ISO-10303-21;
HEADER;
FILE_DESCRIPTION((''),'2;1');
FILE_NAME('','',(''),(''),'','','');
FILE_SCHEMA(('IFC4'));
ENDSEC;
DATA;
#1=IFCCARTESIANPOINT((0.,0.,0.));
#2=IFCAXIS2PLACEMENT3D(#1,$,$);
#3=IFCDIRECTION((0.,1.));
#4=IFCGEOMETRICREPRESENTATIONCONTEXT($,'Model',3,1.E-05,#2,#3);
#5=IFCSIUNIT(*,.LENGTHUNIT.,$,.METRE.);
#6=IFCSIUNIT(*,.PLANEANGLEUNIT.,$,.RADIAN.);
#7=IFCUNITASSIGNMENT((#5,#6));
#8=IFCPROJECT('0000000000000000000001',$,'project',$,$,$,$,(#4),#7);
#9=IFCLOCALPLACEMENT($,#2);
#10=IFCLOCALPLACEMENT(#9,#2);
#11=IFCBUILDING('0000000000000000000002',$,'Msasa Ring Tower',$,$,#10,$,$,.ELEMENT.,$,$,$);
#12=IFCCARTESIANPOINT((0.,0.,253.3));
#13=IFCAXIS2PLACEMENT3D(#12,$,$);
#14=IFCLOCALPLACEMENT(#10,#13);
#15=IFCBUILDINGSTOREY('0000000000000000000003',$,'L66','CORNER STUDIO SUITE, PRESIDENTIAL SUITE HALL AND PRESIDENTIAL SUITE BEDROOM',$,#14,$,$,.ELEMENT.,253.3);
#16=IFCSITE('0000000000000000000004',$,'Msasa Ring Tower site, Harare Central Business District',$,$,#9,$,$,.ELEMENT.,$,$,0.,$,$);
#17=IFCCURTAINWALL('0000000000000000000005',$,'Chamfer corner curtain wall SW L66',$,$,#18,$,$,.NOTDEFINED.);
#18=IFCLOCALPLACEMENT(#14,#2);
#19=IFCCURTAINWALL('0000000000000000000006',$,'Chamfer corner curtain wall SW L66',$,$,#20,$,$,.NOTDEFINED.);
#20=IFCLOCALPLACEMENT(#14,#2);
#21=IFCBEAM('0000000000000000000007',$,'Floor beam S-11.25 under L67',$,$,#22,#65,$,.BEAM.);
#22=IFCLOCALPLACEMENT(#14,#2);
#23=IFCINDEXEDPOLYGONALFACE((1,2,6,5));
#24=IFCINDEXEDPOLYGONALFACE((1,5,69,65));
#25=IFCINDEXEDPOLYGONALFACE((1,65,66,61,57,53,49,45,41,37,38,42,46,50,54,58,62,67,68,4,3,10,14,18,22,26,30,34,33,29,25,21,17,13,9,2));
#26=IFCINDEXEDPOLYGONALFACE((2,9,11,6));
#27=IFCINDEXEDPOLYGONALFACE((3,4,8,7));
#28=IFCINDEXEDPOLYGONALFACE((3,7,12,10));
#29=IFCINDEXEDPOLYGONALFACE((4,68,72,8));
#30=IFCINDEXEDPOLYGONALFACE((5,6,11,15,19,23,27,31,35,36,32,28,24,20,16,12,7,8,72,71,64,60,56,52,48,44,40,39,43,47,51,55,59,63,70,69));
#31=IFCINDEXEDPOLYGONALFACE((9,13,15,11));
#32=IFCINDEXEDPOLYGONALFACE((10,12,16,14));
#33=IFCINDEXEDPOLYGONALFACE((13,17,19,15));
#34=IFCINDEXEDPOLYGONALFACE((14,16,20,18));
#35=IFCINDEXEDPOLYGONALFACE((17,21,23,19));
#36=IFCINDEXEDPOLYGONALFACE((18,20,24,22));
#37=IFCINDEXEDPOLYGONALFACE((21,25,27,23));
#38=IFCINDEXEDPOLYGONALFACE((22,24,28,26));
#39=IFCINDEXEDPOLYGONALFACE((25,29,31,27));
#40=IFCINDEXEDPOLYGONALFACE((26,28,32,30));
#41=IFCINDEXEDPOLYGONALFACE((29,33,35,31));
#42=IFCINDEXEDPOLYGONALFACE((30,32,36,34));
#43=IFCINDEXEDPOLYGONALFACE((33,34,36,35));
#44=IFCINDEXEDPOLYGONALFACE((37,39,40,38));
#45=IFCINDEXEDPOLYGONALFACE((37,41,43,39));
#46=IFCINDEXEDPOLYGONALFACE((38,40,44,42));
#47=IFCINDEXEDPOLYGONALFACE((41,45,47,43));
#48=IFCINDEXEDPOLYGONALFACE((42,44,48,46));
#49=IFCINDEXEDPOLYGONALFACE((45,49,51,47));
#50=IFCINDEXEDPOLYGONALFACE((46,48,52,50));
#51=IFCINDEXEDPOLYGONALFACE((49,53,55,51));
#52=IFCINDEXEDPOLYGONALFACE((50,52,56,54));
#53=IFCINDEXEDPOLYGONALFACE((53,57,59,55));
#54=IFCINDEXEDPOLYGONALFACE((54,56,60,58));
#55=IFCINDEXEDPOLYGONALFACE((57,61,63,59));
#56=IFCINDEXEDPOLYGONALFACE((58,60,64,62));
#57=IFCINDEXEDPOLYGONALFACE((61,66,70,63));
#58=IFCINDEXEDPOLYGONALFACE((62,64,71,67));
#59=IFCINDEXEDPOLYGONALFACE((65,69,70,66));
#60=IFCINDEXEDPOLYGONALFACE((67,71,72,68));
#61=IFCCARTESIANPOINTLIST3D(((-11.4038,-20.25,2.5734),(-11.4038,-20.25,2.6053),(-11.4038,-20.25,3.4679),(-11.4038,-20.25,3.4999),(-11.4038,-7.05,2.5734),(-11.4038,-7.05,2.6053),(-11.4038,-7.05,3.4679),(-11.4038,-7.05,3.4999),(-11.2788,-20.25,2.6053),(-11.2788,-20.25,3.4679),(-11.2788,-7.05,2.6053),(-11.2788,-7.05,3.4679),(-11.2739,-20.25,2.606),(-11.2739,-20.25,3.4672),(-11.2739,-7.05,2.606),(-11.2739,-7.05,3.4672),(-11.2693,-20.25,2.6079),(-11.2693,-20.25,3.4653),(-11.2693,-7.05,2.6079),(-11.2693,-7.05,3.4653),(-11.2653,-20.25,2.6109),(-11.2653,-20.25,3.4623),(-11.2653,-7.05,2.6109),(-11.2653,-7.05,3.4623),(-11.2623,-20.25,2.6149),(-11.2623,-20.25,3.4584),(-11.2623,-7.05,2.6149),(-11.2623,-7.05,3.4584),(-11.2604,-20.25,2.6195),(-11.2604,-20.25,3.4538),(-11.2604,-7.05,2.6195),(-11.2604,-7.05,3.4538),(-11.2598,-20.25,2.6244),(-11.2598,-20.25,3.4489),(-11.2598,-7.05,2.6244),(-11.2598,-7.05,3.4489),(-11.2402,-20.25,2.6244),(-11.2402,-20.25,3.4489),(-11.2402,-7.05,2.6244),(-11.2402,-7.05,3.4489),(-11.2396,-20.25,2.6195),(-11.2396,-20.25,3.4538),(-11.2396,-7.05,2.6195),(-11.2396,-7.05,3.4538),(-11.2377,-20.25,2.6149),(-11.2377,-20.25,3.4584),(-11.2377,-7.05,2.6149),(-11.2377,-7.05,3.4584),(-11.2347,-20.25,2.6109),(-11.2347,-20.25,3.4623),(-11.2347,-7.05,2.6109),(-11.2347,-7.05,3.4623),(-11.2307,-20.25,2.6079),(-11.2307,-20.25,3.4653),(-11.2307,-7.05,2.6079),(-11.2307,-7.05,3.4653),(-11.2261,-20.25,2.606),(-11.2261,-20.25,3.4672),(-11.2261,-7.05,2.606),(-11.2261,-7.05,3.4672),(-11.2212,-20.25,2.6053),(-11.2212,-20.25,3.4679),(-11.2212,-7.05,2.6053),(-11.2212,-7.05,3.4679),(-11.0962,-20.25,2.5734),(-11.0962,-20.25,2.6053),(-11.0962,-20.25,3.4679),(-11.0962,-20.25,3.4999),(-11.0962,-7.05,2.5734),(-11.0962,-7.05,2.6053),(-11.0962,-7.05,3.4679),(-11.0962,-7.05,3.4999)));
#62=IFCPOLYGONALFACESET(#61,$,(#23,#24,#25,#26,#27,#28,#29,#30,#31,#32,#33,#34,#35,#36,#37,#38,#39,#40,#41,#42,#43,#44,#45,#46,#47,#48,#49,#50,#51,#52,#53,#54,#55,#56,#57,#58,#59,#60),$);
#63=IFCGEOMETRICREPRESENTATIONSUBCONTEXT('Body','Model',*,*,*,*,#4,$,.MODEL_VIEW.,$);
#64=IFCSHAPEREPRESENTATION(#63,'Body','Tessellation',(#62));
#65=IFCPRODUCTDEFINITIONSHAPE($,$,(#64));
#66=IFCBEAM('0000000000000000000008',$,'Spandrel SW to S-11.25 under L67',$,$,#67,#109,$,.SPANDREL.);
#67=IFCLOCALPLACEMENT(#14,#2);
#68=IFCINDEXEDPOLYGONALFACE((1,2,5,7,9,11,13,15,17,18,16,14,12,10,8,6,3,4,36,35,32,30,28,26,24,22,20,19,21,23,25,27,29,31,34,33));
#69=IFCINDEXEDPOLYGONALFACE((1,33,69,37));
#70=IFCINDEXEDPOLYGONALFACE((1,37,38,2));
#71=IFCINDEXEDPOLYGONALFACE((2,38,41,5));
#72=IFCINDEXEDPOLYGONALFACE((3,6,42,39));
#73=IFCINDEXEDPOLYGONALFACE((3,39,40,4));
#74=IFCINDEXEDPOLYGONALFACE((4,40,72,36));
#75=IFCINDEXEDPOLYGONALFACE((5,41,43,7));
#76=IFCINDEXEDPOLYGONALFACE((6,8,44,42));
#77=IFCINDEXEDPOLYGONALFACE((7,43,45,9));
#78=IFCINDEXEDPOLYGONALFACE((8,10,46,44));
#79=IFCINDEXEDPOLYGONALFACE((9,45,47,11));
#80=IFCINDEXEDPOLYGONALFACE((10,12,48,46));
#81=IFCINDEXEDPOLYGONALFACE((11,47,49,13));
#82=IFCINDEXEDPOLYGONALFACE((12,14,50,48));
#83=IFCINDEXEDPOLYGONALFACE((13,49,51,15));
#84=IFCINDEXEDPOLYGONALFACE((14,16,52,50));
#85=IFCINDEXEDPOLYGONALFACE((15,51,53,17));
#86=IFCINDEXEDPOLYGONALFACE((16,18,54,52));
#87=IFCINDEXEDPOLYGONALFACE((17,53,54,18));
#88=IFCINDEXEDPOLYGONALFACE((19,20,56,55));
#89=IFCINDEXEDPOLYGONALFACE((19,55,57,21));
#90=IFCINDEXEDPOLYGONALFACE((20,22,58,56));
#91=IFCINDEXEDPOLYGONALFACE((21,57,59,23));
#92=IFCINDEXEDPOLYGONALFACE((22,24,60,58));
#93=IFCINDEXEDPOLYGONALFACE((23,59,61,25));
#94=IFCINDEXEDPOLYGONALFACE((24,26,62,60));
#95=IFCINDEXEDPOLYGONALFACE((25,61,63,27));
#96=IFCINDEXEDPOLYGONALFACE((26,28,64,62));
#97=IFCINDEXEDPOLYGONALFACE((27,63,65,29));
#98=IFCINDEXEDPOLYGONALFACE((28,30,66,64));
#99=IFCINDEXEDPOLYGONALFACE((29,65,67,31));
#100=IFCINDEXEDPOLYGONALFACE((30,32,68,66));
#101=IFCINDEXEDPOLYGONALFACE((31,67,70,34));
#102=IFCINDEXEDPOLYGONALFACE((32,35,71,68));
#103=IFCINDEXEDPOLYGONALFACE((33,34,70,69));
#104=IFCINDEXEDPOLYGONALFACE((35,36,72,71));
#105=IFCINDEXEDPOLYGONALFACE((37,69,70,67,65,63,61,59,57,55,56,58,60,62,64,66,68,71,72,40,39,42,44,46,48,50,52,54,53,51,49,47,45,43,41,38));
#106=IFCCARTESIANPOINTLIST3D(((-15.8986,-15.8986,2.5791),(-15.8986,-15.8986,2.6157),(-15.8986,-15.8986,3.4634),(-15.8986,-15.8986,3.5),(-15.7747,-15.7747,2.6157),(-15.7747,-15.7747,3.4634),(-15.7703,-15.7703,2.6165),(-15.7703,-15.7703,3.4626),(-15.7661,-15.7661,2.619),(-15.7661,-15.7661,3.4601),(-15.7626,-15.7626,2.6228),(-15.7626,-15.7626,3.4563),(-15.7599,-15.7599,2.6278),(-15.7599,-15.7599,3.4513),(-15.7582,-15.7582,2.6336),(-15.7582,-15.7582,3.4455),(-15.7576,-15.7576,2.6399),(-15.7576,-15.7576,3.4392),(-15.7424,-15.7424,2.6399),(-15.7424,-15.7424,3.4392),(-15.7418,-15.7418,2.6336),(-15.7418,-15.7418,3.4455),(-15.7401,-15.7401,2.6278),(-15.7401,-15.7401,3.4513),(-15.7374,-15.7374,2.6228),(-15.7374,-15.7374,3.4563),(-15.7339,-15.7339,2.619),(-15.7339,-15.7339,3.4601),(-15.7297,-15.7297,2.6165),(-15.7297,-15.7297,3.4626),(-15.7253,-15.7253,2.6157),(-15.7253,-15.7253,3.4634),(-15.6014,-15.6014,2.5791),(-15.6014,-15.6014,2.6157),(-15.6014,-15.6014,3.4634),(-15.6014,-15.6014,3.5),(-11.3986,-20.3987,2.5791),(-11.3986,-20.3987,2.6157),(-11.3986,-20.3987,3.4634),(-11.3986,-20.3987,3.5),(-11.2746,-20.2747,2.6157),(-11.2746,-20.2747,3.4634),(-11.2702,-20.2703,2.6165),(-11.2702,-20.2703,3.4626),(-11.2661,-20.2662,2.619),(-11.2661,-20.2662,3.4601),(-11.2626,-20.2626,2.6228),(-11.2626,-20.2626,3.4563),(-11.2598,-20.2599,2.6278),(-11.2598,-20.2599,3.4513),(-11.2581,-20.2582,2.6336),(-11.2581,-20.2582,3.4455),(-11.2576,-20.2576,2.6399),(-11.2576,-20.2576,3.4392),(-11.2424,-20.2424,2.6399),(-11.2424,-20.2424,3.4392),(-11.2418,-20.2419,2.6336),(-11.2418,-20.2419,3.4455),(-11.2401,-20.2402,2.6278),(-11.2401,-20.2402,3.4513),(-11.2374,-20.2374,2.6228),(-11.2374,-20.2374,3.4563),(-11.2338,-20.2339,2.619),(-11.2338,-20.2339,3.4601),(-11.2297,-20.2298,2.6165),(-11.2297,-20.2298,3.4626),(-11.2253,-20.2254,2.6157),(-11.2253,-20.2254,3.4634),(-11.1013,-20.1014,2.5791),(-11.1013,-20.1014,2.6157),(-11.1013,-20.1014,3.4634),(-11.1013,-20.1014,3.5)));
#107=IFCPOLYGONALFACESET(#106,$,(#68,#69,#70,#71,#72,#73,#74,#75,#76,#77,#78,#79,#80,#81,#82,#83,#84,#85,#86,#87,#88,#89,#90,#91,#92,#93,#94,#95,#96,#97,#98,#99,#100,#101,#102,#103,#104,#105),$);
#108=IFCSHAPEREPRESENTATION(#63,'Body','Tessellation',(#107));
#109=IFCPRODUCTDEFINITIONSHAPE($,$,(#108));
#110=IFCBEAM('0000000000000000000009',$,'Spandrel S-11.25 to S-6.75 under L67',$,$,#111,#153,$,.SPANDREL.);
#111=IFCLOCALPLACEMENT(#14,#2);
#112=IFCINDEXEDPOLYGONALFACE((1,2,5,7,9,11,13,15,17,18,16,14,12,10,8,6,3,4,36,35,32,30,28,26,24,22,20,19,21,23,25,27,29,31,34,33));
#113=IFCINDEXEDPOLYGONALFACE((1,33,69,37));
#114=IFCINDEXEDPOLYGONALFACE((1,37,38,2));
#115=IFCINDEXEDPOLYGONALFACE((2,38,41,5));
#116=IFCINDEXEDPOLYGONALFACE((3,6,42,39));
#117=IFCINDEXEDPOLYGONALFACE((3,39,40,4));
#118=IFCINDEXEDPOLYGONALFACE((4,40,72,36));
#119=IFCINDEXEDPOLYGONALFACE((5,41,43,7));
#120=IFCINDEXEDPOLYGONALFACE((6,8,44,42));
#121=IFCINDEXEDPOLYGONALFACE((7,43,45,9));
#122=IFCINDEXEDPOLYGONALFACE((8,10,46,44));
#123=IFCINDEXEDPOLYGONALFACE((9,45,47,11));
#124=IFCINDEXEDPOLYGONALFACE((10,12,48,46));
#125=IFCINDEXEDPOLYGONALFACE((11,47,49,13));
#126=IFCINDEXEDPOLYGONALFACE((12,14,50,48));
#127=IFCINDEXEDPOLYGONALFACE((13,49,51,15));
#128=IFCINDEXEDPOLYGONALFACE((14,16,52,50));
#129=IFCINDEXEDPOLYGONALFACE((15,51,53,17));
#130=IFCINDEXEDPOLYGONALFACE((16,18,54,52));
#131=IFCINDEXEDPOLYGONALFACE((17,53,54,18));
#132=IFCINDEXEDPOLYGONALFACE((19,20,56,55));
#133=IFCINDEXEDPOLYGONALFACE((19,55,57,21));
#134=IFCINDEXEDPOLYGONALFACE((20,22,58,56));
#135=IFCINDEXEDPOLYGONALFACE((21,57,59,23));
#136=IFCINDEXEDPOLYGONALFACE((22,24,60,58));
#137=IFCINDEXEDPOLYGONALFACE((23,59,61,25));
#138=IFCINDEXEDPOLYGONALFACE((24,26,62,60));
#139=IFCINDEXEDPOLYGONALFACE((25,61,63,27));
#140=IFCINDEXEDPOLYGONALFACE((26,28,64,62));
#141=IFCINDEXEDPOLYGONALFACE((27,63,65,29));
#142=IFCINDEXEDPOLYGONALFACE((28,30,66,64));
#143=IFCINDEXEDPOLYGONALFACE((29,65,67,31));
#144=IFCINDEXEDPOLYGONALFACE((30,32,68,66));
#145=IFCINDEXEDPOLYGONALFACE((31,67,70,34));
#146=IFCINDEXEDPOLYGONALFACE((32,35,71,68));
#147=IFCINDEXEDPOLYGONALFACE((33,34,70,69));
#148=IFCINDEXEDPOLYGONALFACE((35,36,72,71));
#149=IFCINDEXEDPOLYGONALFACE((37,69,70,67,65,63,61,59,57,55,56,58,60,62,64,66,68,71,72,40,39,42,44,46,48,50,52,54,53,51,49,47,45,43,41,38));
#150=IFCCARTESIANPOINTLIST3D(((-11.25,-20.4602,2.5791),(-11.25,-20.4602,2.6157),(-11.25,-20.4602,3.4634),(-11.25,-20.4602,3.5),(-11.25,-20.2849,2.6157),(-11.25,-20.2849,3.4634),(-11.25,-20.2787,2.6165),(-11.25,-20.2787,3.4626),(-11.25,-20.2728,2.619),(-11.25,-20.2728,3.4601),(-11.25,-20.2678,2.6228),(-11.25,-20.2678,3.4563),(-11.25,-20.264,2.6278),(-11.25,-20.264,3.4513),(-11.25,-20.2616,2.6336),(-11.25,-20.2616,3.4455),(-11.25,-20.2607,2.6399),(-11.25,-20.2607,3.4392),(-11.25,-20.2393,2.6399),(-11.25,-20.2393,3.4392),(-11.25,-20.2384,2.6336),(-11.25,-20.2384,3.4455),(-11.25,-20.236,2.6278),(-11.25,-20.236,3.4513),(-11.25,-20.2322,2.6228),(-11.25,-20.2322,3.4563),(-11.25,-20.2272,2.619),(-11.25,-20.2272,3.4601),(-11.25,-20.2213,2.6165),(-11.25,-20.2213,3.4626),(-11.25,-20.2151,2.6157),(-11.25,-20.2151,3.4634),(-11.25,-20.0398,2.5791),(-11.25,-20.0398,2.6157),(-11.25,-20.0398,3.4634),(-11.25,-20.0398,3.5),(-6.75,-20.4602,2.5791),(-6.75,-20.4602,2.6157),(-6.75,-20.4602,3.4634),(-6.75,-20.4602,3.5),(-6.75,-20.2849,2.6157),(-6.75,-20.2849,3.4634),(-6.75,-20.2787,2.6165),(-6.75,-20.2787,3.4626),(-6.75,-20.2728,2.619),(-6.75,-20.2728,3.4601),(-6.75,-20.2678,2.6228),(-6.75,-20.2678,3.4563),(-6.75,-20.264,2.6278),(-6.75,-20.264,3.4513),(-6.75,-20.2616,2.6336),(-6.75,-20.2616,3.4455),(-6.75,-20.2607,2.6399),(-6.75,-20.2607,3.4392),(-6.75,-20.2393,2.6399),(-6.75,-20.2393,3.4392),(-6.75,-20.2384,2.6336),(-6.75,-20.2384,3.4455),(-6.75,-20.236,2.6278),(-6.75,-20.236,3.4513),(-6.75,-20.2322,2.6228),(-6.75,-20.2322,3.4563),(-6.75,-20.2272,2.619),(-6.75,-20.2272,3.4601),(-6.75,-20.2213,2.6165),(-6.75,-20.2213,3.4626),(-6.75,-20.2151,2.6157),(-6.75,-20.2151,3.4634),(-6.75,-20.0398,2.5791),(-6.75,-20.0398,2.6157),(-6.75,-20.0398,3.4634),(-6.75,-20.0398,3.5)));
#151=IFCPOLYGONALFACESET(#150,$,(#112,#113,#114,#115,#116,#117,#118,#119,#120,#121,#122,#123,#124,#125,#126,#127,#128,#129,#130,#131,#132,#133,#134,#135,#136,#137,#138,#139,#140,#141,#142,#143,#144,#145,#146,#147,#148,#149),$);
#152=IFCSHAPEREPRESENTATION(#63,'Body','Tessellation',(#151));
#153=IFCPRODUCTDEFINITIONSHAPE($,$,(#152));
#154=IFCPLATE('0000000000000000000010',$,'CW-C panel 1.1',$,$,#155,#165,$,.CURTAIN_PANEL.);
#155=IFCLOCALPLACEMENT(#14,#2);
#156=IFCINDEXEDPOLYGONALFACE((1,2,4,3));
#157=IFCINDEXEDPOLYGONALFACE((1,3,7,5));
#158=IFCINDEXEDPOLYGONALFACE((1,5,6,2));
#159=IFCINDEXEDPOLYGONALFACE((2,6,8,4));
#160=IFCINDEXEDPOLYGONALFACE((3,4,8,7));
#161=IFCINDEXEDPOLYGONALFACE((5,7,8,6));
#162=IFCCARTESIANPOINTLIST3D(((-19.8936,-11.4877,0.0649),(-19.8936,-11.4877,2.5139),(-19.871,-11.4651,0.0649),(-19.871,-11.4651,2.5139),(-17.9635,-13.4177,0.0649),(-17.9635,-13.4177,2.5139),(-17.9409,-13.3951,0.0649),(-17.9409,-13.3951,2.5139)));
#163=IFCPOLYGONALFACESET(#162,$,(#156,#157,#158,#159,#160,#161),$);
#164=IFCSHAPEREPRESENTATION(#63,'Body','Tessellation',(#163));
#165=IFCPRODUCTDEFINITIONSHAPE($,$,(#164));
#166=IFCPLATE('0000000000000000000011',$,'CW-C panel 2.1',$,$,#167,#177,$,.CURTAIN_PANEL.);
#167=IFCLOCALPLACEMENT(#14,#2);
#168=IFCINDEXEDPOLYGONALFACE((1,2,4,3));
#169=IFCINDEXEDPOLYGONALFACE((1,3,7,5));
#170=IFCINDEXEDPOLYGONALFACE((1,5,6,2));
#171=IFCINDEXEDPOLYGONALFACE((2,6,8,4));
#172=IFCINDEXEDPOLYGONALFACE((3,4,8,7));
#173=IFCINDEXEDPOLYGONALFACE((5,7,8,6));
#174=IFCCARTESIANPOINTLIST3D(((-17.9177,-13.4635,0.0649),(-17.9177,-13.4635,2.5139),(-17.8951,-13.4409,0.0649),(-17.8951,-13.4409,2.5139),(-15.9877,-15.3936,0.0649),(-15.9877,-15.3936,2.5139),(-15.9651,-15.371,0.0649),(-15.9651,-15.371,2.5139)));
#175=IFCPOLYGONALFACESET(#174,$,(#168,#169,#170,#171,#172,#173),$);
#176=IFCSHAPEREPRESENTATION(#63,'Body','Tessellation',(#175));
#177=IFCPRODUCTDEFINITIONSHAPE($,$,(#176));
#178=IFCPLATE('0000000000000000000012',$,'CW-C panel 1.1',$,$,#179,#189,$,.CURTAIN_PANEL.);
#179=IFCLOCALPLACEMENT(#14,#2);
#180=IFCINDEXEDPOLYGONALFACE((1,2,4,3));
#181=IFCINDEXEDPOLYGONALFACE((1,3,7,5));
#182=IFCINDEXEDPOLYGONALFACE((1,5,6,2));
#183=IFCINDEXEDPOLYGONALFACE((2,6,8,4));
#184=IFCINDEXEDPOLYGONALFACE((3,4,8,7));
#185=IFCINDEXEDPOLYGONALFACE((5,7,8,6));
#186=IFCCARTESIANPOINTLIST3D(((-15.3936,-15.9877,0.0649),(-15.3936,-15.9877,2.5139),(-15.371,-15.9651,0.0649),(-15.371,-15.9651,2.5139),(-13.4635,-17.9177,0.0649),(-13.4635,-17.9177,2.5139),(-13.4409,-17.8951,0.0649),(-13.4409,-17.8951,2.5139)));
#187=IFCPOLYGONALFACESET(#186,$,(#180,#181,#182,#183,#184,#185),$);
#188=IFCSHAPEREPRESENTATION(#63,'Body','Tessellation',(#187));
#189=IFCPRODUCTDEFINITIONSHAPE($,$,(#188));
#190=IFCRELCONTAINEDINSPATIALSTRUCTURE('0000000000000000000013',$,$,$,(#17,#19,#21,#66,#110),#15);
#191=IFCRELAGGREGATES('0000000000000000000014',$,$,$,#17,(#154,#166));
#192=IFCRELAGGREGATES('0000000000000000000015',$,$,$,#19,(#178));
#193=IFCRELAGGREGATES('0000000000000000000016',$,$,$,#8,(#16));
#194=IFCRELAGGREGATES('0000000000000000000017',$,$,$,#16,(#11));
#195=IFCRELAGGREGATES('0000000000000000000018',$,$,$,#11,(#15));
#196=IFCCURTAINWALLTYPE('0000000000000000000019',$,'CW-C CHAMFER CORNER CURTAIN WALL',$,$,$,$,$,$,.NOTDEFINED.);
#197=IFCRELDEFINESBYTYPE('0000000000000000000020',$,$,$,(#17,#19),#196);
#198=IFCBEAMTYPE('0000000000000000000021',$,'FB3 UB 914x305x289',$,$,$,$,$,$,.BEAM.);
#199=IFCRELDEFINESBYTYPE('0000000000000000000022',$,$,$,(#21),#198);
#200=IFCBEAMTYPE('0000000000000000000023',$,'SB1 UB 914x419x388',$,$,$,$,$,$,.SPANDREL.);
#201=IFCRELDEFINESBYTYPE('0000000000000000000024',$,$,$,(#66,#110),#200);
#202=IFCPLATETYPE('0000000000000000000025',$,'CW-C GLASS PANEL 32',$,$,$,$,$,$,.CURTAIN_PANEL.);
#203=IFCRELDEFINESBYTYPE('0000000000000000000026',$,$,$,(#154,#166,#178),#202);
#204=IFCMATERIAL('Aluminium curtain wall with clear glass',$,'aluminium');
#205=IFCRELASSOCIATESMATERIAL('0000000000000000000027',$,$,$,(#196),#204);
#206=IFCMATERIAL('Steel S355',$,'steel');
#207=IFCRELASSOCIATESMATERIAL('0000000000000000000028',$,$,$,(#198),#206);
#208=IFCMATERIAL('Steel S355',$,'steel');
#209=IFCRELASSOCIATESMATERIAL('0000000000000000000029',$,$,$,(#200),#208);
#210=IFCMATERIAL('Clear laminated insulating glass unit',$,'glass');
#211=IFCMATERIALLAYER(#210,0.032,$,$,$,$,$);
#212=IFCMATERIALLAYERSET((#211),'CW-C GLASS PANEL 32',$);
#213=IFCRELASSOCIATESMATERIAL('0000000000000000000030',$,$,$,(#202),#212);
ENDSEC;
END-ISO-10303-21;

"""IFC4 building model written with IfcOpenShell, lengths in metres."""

from ifc_helpers import new_model, si_unit, direction, frame, origin, origin_2d, place, context, subcontext, project, spatial, rectangle, i_section, extrude, material, layer, layer_set, material_profile, profile_set, type_object, element, aggregate, save


model = new_model("IFC4")

# Units and contexts
model_context = context("Model", 3, precision=1e-05, world=origin(), true_north=direction((0.0, 1.0)))
body_context = subcontext(model_context, "Body", "Model", "MODEL_VIEW")
ifc_project = project(units=[si_unit("LENGTHUNIT", "METRE"), si_unit("PLANEANGLEUNIT", "RADIAN")], contexts=[model_context])

# Site, building, storey
site_placement = place(None, origin())
site = spatial("IfcSite", under=ifc_project, at=site_placement, Name="Msasa Ring Tower site, Harare Central Business District", CompositionType="ELEMENT", RefElevation=0.0)
building_placement = place(site_placement, origin())
building = spatial("IfcBuilding", under=site, at=building_placement, Name="Msasa Ring Tower", CompositionType="ELEMENT")
storey_placement = place(building_placement, frame((0.0, 0.0, 253.3)))
storey = spatial("IfcBuildingStorey", under=building, at=storey_placement, Name="L66", Description="CORNER STUDIO SUITE, PRESIDENTIAL SUITE HALL AND PRESIDENTIAL SUITE BEDROOM", CompositionType="ELEMENT", Elevation=253.3)

# Curtain walls
ifc_material_1 = material(Name="Aluminium curtain wall with clear glass", Category="aluminium")
curtain_wall_type = type_object("IfcCurtainWallType", Name="CW-C CHAMFER CORNER CURTAIN WALL", PredefinedType="NOTDEFINED", material=ifc_material_1)
curtain_wall_1_placement = place(storey_placement, origin())
curtain_wall_1 = element("IfcCurtainWall", 1, at=curtain_wall_1_placement, inside=storey, type_object=curtain_wall_type, Name="Chamfer corner curtain wall SW L66", PredefinedType="NOTDEFINED")
curtain_wall_2_placement = place(storey_placement, origin())
curtain_wall_2 = element("IfcCurtainWall", 2, at=curtain_wall_2_placement, inside=storey, type_object=curtain_wall_type, Name="Chamfer corner curtain wall SW L66", PredefinedType="NOTDEFINED")

# Beams
ifc_material_2 = material(Name="Steel S355", Category="steel")
ifc_material_profile_1 = material_profile(ifc_material_2, i_section(OverallWidth=0.3076, OverallDepth=0.9265, WebThickness=0.0195, FlangeThickness=0.032, FilletRadius=0.019, at=origin_2d()), Name="UB 914x305x289")
ifc_profile_set_1 = profile_set([ifc_material_profile_1], Name="Steel S355")
beam_type_1 = type_object("IfcBeamType", Name="FB3 UB 914x305x289", PredefinedType="BEAM", material=ifc_profile_set_1)
beam_1_placement = place(storey_placement, frame((-11.25, -20.25, 3.0366), z_axis=(0.0, 1.0, 0.0), x_axis=(-1.0, 0.0, 0.0)))
element("IfcBeam", 3, at=beam_1_placement, inside=storey, type_object=beam_type_1, Name="Floor beam S-11.25 under L67", PredefinedType="BEAM", context=body_context, shape_type="SweptSolid", body=[
    extrude(i_section(OverallWidth=0.3076, OverallDepth=0.9265, WebThickness=0.0195, FlangeThickness=0.032, FilletRadius=0.019, at=origin_2d()), origin(), (0.0, 0.0, 1.0), 13.2),
])
ifc_material_3 = material(Name="Steel S355", Category="steel")
ifc_material_profile_2 = material_profile(ifc_material_3, i_section(OverallWidth=0.4204, OverallDepth=0.9209, WebThickness=0.0215, FlangeThickness=0.0366, FilletRadius=0.0242, at=origin_2d()), Name="UB 914x419x388")
ifc_profile_set_2 = profile_set([ifc_material_profile_2], Name="Steel S355")
beam_type_2 = type_object("IfcBeamType", Name="SB1 UB 914x419x388", PredefinedType="SPANDREL", material=ifc_profile_set_2)
beam_2_placement = place(storey_placement, frame((-15.75, -15.75, 3.0396), z_axis=(0.707107, -0.707107, 0.0), x_axis=(0.707107, 0.707107, 0.0)))
element("IfcBeam", 4, at=beam_2_placement, inside=storey, type_object=beam_type_2, Name="Spandrel SW to S-11.25 under L67", PredefinedType="SPANDREL", context=body_context, shape_type="SweptSolid", body=[
    extrude(i_section(OverallWidth=0.4204, OverallDepth=0.9209, WebThickness=0.0215, FlangeThickness=0.0366, FilletRadius=0.0242, at=origin_2d()), origin(), (0.0, 0.0, 1.0), 6.364),
])
beam_3_placement = place(storey_placement, frame((-11.25, -20.25, 3.0396), z_axis=(1.0, 0.0, 0.0), x_axis=(0.0, 1.0, 0.0)))
element("IfcBeam", 5, at=beam_3_placement, inside=storey, type_object=beam_type_2, Name="Spandrel S-11.25 to S-6.75 under L67", PredefinedType="SPANDREL", context=body_context, shape_type="SweptSolid", body=[
    extrude(i_section(OverallWidth=0.4204, OverallDepth=0.9209, WebThickness=0.0215, FlangeThickness=0.0366, FilletRadius=0.0242, at=origin_2d()), origin(), (0.0, 0.0, 1.0), 4.5),
])

# Plates
ifc_material_4 = material(Name="Clear laminated insulating glass unit", Category="glass")
ifc_layer_1 = layer(ifc_material_4, 0.032)
ifc_layer_set_1 = layer_set([ifc_layer_1], Name="CW-C GLASS PANEL 32")
plate_type = type_object("IfcPlateType", Name="CW-C GLASS PANEL 32", PredefinedType="CURTAIN_PANEL", material=ifc_layer_set_1)
plate_1_placement = place(storey_placement, frame((-18.9172, -12.4414, 0.0649), z_axis=(0.0, 0.0, 1.0), x_axis=(0.707107, -0.707107, 0.0)))
plate_1 = element("IfcPlate", 6, at=plate_1_placement, type_object=plate_type, Name="CW-C panel 1.1", PredefinedType="CURTAIN_PANEL", context=body_context, shape_type="SweptSolid", body=[
    extrude(rectangle(XDim=2.7295, YDim=0.032, at=origin_2d()), origin(), (0.0, 0.0, 1.0), 2.449),
])
plate_2_placement = place(storey_placement, frame((-16.9414, -14.4172, 0.0649), z_axis=(0.0, 0.0, 1.0), x_axis=(0.707107, -0.707107, 0.0)))
plate_2 = element("IfcPlate", 7, at=plate_2_placement, type_object=plate_type, Name="CW-C panel 2.1", PredefinedType="CURTAIN_PANEL", context=body_context, shape_type="SweptSolid", body=[
    extrude(rectangle(XDim=2.7295, YDim=0.032, at=origin_2d()), origin(), (0.0, 0.0, 1.0), 2.449),
])
aggregate(curtain_wall_1, [plate_1, plate_2])
plate_3_placement = place(storey_placement, frame((-14.4172, -16.9414, 0.0649), z_axis=(0.0, 0.0, 1.0), x_axis=(0.707107, -0.707107, 0.0)))
plate_3 = element("IfcPlate", 8, at=plate_3_placement, type_object=plate_type, Name="CW-C panel 1.1", PredefinedType="CURTAIN_PANEL", context=body_context, shape_type="SweptSolid", body=[
    extrude(rectangle(XDim=2.7295, YDim=0.032, at=origin_2d()), origin(), (0.0, 0.0, 1.0), 2.449),
])
aggregate(curtain_wall_2, [plate_3])

save(model, "model.ifc")
